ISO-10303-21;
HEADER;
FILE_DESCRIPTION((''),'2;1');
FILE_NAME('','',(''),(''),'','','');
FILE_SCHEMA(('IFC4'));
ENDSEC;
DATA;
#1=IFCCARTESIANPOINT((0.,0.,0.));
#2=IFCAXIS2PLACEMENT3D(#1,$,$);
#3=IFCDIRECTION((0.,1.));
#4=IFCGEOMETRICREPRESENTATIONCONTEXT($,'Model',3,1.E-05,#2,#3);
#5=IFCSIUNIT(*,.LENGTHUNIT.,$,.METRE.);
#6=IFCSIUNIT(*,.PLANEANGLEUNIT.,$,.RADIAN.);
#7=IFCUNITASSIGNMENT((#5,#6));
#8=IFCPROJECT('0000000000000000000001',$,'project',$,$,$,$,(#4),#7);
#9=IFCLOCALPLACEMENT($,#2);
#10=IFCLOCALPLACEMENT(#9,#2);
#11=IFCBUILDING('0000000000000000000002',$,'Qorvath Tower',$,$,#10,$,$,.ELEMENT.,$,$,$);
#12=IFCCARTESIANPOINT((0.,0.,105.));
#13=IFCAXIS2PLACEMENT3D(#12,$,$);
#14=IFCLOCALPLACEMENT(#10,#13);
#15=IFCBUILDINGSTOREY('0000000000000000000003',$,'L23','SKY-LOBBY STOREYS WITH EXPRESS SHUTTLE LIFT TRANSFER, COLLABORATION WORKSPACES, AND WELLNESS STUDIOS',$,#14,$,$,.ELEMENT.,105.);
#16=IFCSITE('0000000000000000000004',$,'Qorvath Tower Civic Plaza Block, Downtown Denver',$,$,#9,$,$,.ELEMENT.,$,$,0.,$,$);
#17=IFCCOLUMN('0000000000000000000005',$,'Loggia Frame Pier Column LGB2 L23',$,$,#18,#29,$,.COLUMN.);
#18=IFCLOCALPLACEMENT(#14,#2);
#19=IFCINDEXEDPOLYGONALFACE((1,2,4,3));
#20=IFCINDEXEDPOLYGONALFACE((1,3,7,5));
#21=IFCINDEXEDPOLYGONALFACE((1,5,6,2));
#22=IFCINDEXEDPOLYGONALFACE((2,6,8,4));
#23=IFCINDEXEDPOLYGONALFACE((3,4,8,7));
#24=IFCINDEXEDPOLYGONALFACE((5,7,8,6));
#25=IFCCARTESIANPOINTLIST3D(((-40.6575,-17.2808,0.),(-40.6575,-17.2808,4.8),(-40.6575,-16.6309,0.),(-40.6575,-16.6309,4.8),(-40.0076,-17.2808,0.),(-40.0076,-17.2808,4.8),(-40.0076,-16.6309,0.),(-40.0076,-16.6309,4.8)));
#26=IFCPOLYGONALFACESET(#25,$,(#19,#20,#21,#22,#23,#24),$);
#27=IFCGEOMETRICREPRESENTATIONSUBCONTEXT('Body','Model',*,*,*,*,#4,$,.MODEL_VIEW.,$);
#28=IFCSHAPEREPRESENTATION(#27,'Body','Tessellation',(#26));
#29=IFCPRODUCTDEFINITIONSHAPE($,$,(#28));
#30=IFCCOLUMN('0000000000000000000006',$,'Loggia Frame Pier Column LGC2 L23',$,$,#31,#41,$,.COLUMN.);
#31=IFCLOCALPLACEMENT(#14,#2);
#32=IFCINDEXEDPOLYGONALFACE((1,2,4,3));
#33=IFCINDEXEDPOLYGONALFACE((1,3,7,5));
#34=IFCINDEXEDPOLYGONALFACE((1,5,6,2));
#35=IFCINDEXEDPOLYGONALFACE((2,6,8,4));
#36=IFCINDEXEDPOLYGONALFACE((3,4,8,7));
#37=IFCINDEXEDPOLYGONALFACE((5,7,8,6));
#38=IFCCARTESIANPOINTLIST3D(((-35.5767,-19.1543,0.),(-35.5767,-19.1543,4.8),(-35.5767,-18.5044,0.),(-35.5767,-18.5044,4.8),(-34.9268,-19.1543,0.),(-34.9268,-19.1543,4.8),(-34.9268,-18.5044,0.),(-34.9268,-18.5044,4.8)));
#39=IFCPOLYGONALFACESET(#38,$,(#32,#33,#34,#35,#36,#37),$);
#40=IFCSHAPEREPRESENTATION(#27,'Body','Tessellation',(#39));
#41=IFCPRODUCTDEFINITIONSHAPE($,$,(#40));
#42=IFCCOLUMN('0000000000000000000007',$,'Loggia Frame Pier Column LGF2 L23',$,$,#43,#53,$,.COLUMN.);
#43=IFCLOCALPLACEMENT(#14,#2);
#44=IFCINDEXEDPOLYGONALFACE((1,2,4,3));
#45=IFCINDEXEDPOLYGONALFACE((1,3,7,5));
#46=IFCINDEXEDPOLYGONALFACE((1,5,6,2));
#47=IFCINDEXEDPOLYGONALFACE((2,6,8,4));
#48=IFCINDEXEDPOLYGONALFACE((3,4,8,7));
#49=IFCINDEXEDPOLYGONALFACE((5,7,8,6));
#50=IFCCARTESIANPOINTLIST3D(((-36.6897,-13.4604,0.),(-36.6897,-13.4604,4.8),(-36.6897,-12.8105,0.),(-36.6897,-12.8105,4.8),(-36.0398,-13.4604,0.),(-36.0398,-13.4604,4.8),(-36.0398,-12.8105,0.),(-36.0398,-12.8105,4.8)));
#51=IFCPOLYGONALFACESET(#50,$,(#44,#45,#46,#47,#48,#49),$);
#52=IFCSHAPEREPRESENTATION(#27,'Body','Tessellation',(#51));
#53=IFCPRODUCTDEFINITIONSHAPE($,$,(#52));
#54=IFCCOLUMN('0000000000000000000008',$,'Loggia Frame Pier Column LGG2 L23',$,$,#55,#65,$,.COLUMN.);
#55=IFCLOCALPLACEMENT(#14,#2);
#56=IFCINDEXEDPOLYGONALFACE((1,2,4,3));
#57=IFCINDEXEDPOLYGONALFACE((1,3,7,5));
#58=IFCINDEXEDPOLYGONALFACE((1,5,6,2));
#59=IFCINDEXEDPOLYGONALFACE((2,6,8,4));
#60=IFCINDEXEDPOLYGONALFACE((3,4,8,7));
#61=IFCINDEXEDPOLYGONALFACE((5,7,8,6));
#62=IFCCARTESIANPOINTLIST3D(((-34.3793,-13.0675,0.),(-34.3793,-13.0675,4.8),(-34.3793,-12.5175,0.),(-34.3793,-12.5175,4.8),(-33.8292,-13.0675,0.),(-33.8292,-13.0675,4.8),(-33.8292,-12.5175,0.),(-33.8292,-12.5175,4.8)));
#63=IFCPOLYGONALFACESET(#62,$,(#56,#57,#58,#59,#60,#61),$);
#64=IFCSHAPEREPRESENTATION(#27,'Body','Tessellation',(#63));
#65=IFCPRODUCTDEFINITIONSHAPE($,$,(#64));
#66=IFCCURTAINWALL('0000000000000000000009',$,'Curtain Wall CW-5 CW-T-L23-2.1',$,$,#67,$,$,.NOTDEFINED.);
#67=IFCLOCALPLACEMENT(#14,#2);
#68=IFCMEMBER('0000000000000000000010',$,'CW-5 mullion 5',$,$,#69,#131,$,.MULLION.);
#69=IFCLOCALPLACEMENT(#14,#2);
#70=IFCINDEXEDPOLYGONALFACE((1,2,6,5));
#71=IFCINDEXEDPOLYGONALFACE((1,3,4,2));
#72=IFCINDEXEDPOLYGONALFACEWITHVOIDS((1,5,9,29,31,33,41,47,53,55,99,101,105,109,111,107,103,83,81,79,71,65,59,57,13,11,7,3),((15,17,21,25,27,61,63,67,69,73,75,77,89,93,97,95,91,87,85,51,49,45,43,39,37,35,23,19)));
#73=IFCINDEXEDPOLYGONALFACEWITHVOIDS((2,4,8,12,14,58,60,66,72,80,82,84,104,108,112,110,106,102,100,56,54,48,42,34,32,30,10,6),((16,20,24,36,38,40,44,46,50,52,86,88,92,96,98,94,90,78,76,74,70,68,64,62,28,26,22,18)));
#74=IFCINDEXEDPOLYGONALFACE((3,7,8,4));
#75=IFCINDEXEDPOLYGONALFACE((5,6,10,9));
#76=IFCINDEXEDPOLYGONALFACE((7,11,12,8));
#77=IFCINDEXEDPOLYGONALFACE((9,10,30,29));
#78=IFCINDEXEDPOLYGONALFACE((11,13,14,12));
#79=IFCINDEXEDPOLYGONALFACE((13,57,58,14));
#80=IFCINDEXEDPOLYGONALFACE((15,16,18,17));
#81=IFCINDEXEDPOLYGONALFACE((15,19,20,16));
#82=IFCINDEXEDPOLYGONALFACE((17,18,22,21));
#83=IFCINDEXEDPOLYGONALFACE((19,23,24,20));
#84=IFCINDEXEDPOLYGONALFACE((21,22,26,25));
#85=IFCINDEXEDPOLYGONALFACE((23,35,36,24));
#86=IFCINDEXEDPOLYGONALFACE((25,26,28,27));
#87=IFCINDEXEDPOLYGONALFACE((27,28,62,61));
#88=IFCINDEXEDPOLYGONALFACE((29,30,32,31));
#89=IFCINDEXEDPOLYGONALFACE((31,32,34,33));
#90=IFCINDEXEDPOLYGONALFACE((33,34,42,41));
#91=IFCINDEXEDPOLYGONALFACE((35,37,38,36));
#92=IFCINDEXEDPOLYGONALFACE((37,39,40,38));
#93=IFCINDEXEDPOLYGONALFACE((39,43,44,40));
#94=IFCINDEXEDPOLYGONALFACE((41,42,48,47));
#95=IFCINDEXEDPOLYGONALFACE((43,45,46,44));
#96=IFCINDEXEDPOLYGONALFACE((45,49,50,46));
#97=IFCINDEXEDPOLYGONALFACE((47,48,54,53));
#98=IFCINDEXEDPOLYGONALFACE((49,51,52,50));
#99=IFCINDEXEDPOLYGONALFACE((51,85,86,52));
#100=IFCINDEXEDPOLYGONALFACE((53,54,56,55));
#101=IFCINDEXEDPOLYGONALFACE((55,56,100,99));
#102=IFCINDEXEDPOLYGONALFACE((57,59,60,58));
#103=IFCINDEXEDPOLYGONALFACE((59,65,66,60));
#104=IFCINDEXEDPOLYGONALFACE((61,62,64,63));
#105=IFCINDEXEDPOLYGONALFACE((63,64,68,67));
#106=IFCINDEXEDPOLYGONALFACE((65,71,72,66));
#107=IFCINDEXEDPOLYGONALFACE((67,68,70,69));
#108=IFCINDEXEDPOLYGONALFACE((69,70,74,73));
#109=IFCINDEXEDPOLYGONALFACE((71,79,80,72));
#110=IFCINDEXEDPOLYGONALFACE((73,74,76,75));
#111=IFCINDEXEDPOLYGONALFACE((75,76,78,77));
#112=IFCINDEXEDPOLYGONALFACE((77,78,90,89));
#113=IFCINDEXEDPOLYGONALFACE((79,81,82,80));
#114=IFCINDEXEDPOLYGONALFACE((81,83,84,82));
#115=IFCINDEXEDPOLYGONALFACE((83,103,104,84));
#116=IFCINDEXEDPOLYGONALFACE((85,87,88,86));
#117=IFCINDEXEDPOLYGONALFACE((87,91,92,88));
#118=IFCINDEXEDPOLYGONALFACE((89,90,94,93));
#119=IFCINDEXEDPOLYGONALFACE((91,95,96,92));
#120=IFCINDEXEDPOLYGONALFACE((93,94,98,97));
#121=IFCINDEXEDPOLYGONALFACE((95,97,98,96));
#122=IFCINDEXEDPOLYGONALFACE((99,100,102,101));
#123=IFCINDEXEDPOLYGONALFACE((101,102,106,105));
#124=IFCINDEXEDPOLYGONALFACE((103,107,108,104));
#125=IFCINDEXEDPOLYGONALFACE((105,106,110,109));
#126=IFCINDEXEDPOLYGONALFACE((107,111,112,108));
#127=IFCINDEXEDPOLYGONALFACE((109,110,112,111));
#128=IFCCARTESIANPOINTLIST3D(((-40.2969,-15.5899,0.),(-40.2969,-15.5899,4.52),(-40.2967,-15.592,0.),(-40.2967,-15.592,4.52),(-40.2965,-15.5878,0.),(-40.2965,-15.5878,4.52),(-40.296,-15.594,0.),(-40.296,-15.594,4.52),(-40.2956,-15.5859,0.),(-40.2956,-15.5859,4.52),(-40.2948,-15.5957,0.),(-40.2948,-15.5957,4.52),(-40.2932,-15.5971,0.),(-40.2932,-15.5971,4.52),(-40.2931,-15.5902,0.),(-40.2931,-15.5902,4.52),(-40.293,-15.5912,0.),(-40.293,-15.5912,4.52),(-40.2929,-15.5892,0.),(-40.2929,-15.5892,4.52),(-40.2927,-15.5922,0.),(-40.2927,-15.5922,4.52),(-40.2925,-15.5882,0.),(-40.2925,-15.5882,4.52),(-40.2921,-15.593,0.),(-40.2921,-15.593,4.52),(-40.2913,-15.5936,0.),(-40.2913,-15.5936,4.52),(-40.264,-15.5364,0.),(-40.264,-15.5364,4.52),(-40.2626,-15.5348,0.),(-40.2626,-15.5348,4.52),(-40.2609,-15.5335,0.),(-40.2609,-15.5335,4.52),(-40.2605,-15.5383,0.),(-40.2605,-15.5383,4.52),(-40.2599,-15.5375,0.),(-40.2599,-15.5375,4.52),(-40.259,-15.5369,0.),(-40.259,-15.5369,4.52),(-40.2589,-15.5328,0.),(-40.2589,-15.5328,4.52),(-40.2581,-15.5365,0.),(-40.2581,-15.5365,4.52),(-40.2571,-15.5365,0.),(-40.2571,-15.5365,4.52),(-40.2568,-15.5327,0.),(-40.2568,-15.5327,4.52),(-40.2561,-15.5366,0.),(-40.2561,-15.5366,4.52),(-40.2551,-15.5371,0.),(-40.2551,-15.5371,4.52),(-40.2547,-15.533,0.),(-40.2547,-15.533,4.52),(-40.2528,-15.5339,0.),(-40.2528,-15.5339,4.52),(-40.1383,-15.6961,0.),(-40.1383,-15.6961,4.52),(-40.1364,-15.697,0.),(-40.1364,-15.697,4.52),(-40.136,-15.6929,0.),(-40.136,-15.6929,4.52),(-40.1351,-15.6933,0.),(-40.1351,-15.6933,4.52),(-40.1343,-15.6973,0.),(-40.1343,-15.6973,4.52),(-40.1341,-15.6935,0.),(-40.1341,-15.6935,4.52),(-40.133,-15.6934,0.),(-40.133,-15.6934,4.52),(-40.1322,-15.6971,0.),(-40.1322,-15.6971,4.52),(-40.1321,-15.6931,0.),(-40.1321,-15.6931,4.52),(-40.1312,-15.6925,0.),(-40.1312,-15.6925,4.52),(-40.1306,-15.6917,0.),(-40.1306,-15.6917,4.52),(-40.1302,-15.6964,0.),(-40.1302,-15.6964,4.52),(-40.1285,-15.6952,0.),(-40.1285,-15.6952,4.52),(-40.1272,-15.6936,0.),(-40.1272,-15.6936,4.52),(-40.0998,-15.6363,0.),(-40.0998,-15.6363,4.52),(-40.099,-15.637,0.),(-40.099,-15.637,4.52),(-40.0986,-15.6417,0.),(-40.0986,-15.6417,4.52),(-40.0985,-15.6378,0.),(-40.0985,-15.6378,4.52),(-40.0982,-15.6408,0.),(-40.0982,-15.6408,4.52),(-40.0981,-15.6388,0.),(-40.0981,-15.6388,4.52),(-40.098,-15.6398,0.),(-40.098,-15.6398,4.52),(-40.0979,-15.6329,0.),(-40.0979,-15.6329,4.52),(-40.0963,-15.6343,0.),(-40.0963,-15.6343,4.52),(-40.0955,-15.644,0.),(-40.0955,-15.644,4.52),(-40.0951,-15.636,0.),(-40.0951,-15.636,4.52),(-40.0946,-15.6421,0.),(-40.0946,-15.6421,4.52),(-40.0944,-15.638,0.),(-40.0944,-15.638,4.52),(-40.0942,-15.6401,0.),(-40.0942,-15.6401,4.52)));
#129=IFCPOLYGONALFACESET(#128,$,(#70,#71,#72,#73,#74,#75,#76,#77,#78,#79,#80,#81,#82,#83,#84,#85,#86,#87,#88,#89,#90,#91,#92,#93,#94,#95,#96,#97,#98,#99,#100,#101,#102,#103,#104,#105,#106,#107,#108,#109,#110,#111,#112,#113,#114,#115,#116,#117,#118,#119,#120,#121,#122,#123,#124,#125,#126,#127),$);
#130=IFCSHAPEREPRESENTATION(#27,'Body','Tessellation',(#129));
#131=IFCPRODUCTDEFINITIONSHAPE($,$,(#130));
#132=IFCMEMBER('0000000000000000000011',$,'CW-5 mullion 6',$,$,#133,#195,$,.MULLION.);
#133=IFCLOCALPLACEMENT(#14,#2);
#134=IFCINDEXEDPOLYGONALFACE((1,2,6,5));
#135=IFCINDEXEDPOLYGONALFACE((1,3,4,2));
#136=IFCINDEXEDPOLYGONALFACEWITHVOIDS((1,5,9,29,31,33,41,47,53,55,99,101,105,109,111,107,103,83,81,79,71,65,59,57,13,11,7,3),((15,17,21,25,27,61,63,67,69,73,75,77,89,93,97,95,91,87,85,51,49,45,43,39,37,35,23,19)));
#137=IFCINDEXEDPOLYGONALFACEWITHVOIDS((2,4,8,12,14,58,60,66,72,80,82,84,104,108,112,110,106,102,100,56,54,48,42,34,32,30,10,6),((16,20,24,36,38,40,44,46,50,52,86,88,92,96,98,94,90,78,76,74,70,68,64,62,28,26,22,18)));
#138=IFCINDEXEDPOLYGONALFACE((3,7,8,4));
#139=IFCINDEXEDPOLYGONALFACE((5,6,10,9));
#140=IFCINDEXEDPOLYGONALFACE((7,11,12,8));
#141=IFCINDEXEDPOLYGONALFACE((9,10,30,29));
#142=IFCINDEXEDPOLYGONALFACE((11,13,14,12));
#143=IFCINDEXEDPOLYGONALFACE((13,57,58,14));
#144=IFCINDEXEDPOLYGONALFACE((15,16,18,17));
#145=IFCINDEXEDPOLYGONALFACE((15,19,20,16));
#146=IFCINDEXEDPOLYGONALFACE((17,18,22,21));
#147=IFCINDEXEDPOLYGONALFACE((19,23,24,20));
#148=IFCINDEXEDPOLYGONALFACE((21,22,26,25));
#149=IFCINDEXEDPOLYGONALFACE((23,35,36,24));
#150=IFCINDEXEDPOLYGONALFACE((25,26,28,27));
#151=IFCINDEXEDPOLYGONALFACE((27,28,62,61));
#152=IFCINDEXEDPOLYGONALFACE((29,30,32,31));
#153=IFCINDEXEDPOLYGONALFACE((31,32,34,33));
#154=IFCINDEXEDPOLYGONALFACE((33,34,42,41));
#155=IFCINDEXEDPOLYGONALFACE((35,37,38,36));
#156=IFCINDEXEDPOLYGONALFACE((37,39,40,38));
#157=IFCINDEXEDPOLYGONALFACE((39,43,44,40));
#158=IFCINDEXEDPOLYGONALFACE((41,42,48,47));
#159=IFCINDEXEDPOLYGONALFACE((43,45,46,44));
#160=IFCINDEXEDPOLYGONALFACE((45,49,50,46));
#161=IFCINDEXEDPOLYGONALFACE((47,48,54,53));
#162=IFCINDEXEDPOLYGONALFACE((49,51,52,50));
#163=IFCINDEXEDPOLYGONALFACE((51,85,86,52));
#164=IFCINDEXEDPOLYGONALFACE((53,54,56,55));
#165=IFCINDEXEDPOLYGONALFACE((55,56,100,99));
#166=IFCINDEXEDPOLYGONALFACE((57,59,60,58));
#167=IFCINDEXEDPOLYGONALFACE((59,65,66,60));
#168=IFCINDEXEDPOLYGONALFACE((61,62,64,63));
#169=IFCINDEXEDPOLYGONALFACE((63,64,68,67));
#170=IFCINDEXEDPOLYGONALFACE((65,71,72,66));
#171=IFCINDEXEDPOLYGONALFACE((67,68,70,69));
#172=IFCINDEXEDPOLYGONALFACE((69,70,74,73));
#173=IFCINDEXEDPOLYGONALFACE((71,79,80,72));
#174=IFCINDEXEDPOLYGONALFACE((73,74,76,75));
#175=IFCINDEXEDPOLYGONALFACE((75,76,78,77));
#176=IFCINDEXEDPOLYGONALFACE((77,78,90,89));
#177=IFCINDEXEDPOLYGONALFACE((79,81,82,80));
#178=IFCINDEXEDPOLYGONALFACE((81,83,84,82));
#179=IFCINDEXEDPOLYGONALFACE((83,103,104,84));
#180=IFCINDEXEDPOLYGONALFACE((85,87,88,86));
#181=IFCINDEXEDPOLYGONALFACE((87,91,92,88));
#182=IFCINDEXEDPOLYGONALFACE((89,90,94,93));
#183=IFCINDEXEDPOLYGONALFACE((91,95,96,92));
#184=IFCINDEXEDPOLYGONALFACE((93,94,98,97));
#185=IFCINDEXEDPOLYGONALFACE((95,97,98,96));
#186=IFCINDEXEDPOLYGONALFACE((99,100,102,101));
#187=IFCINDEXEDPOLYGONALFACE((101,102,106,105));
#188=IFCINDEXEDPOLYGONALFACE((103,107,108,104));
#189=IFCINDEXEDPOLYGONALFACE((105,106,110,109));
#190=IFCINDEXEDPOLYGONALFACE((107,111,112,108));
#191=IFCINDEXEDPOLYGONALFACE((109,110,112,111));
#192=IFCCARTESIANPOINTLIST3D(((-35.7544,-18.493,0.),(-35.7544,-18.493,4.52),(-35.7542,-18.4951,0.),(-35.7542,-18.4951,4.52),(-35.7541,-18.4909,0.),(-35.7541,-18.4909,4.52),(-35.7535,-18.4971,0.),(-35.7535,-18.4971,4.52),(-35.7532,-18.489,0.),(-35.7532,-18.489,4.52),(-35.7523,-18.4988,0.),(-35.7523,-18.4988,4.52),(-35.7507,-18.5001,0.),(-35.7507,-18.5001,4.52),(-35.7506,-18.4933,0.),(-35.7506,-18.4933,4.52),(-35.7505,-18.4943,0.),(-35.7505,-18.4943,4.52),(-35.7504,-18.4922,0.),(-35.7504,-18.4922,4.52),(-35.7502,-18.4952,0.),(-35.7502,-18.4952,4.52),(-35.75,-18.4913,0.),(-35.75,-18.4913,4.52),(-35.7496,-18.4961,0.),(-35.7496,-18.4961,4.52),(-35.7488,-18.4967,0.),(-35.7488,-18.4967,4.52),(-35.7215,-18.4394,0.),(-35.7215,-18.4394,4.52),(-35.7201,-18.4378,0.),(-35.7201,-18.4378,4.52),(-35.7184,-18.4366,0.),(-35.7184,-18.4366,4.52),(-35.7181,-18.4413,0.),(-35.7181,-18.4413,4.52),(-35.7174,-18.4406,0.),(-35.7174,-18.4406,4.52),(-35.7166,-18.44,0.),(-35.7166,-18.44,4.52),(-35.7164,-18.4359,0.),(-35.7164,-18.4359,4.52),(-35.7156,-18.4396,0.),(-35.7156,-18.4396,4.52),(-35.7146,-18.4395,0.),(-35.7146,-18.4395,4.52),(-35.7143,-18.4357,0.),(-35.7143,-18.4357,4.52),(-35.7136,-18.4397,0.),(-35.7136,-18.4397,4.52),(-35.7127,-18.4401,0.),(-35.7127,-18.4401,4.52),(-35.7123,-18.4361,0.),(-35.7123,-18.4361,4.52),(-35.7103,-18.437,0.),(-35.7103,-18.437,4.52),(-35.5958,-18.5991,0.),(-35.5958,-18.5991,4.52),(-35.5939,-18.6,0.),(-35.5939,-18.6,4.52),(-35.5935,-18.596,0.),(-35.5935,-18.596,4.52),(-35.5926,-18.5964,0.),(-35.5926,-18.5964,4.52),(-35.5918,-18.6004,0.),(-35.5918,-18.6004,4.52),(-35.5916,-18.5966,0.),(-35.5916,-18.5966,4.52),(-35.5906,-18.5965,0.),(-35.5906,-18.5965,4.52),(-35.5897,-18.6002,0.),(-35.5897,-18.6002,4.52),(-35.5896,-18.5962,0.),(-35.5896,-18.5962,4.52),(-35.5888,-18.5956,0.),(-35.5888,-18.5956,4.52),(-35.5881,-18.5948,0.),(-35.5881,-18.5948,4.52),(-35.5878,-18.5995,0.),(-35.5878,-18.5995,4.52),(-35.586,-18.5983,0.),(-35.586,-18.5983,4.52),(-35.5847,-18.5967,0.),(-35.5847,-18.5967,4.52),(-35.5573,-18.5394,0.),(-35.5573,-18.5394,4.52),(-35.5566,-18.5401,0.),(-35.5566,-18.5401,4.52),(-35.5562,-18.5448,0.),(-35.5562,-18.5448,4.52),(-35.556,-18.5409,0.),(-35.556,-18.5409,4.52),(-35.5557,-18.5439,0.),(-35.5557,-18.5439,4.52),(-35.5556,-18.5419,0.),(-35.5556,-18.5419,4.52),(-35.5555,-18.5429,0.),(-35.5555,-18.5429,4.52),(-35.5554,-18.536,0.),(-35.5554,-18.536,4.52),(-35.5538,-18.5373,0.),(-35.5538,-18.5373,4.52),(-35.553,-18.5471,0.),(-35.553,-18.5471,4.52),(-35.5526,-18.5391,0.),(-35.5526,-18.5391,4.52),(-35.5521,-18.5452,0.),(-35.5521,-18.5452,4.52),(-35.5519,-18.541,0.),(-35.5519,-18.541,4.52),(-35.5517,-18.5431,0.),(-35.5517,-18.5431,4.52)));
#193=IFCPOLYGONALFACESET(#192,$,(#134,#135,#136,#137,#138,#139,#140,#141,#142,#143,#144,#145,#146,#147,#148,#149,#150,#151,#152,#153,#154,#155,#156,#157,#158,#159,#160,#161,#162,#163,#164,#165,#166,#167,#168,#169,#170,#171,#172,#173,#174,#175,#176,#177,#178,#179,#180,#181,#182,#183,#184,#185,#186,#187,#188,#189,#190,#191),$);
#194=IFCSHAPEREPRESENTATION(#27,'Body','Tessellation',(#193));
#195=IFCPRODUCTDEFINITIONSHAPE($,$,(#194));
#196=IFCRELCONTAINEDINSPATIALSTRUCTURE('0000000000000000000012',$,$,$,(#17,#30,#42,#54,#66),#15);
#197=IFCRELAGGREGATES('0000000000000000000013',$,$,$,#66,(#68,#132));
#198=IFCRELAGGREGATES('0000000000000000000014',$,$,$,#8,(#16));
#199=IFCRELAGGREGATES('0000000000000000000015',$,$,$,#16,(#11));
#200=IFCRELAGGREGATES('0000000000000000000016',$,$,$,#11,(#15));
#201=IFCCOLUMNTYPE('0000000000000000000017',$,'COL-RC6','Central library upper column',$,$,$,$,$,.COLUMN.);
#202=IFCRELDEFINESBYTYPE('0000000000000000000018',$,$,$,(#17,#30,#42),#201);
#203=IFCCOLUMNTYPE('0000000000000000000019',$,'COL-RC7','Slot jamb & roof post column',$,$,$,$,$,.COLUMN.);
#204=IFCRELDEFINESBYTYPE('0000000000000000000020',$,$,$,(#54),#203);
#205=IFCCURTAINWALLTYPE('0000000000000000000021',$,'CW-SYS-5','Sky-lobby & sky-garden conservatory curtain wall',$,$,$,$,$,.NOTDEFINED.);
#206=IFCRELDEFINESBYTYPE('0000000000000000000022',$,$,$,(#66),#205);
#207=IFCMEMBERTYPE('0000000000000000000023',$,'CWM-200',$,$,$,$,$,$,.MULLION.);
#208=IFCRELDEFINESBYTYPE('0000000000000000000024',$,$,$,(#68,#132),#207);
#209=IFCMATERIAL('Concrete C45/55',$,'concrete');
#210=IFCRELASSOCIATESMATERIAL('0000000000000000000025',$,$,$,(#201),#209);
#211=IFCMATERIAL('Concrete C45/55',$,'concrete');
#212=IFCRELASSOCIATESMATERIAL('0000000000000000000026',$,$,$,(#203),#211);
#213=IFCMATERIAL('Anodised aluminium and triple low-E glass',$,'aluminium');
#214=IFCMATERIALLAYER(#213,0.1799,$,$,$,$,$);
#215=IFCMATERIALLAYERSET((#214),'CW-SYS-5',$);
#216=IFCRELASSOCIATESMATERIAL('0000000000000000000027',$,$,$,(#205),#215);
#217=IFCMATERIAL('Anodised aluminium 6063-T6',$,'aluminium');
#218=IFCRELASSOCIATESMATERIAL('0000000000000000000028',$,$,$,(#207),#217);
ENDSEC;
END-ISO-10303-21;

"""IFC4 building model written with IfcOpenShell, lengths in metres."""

from ifc_helpers import new_model, si_unit, direction, frame, origin, origin_2d, place, context, subcontext, project, spatial, rectangle, hollow_rectangle, extrude, material, layer, layer_set, material_profile, profile_set, type_object, element, aggregate, save


model = new_model("IFC4")

# Units and contexts
model_context = context("Model", 3, precision=1e-05, world=origin(), true_north=direction((0.0, 1.0)))
body_context = subcontext(model_context, "Body", "Model", "MODEL_VIEW")
ifc_project = project(units=[si_unit("LENGTHUNIT", "METRE"), si_unit("PLANEANGLEUNIT", "RADIAN")], contexts=[model_context])

# Site, building, storey
site_placement = place(None, origin())
site = spatial("IfcSite", under=ifc_project, at=site_placement, Name="Qorvath Tower Civic Plaza Block, Downtown Denver", CompositionType="ELEMENT", RefElevation=0.0)
building_placement = place(site_placement, origin())
building = spatial("IfcBuilding", under=site, at=building_placement, Name="Qorvath Tower", CompositionType="ELEMENT")
storey_placement = place(building_placement, frame((0.0, 0.0, 105.0)))
storey = spatial("IfcBuildingStorey", under=building, at=storey_placement, Name="L23", Description="SKY-LOBBY STOREYS WITH EXPRESS SHUTTLE LIFT TRANSFER, COLLABORATION WORKSPACES, AND WELLNESS STUDIOS", CompositionType="ELEMENT", Elevation=105.0)

# Columns
ifc_material_1 = material(Name="Concrete C45/55", Category="concrete")
ifc_material_profile_1 = material_profile(ifc_material_1, rectangle(XDim=0.6499, YDim=0.6499, at=origin_2d()), Name="RC 650x650")
ifc_profile_set_1 = profile_set([ifc_material_profile_1], Name="Concrete C45/55")
column_type_1 = type_object("IfcColumnType", Name="COL-RC6", Description="Central library upper column", PredefinedType="COLUMN", material=ifc_profile_set_1)
for number, where, z_axis, x_axis, name in (
    (1, (-40.3325, -16.9558, 0.0), (0.0, 0.0, 1.0), (1.0, 0.0, 0.0), "Loggia Frame Pier Column LGB2 L23"),
    (2, (-35.2517, -18.8293, 0.0), (0.0, 0.0, 1.0), (1.0, 0.0, 0.0), "Loggia Frame Pier Column LGC2 L23"),
    (3, (-36.3647, -13.1355, 0.0), (0.0, 0.0, 1.0), (1.0, 0.0, 0.0), "Loggia Frame Pier Column LGF2 L23"),
):
    element("IfcColumn", number, at=place(storey_placement, frame(where, z_axis=z_axis, x_axis=x_axis)), inside=storey, type_object=column_type_1, Name=name, PredefinedType="COLUMN", context=body_context, shape_type="SweptSolid", body=[
        extrude(rectangle(XDim=0.6499, YDim=0.6499, at=origin_2d()), origin(), (0.0, 0.0, 1.0), 4.8),
    ])
ifc_material_2 = material(Name="Concrete C45/55", Category="concrete")
ifc_material_profile_2 = material_profile(ifc_material_2, rectangle(XDim=0.55, YDim=0.55, at=origin_2d()), Name="RC 550x550")
ifc_profile_set_2 = profile_set([ifc_material_profile_2], Name="Concrete C45/55")
column_type_2 = type_object("IfcColumnType", Name="COL-RC7", Description="Slot jamb & roof post column", PredefinedType="COLUMN", material=ifc_profile_set_2)
column_placement = place(storey_placement, frame((-34.1042, -12.7925, 0.0), z_axis=(0.0, 0.0, 1.0), x_axis=(1.0, 0.0, 0.0)))
element("IfcColumn", 4, at=column_placement, inside=storey, type_object=column_type_2, Name="Loggia Frame Pier Column LGG2 L23", PredefinedType="COLUMN", context=body_context, shape_type="SweptSolid", body=[
    extrude(rectangle(XDim=0.55, YDim=0.55, at=origin_2d()), origin(), (0.0, 0.0, 1.0), 4.8),
])

# Curtain wall, members
ifc_material_3 = material(Name="Anodised aluminium and triple low-E glass", Category="aluminium")
ifc_layer_1 = layer(ifc_material_3, 0.1799)
ifc_layer_set_1 = layer_set([ifc_layer_1], Name="CW-SYS-5")
curtain_wall_type = type_object("IfcCurtainWallType", Name="CW-SYS-5", Description="Sky-lobby & sky-garden conservatory curtain wall", PredefinedType="NOTDEFINED", material=ifc_layer_set_1)
curtain_wall_1_placement = place(storey_placement, origin())
curtain_wall_1 = element("IfcCurtainWall", 5, at=curtain_wall_1_placement, inside=storey, type_object=curtain_wall_type, Name="Curtain Wall CW-5 CW-T-L23-2.1", PredefinedType="NOTDEFINED")
ifc_material_4 = material(Name="Anodised aluminium 6063-T6", Category="aluminium")
ifc_material_profile_3 = material_profile(ifc_material_4, hollow_rectangle(XDim=0.075, YDim=0.2, WallThickness=0.0039, InnerFilletRadius=0.0039, OuterFilletRadius=0.0081, at=origin_2d()), Name="CWM 200x75")
ifc_profile_set_3 = profile_set([ifc_material_profile_3], Name="Anodised aluminium 6063-T6")
member_type_1 = type_object("IfcMemberType", Name="CWM-200", PredefinedType="MULLION", material=ifc_profile_set_3)
member_1_placement = place(storey_placement, frame((-40.1956, -15.615, 0.0), z_axis=(0.0, 0.0, 1.0), x_axis=(0.538532, 0.842605, 0.0)))
member_1 = element("IfcMember", 6, at=member_1_placement, type_object=member_type_1, Name="CW-5 mullion 5", PredefinedType="MULLION", context=body_context, shape_type="SweptSolid", body=[
    extrude(hollow_rectangle(XDim=0.075, YDim=0.2, WallThickness=0.0039, InnerFilletRadius=0.0039, OuterFilletRadius=0.0081, at=origin_2d()), origin(), (0.0, 0.0, 1.0), 4.52),
])
member_2_placement = place(storey_placement, frame((-35.6531, -18.5181, 0.0), z_axis=(0.0, 0.0, 1.0), x_axis=(0.538532, 0.842605, 0.0)))
member_2 = element("IfcMember", 7, at=member_2_placement, type_object=member_type_1, Name="CW-5 mullion 6", PredefinedType="MULLION", context=body_context, shape_type="SweptSolid", body=[
    extrude(hollow_rectangle(XDim=0.075, YDim=0.2, WallThickness=0.0039, InnerFilletRadius=0.0039, OuterFilletRadius=0.0081, at=origin_2d()), origin(), (0.0, 0.0, 1.0), 4.52),
])

aggregate(curtain_wall_1, [member_1, member_2])

save(model, "model.ifc")
